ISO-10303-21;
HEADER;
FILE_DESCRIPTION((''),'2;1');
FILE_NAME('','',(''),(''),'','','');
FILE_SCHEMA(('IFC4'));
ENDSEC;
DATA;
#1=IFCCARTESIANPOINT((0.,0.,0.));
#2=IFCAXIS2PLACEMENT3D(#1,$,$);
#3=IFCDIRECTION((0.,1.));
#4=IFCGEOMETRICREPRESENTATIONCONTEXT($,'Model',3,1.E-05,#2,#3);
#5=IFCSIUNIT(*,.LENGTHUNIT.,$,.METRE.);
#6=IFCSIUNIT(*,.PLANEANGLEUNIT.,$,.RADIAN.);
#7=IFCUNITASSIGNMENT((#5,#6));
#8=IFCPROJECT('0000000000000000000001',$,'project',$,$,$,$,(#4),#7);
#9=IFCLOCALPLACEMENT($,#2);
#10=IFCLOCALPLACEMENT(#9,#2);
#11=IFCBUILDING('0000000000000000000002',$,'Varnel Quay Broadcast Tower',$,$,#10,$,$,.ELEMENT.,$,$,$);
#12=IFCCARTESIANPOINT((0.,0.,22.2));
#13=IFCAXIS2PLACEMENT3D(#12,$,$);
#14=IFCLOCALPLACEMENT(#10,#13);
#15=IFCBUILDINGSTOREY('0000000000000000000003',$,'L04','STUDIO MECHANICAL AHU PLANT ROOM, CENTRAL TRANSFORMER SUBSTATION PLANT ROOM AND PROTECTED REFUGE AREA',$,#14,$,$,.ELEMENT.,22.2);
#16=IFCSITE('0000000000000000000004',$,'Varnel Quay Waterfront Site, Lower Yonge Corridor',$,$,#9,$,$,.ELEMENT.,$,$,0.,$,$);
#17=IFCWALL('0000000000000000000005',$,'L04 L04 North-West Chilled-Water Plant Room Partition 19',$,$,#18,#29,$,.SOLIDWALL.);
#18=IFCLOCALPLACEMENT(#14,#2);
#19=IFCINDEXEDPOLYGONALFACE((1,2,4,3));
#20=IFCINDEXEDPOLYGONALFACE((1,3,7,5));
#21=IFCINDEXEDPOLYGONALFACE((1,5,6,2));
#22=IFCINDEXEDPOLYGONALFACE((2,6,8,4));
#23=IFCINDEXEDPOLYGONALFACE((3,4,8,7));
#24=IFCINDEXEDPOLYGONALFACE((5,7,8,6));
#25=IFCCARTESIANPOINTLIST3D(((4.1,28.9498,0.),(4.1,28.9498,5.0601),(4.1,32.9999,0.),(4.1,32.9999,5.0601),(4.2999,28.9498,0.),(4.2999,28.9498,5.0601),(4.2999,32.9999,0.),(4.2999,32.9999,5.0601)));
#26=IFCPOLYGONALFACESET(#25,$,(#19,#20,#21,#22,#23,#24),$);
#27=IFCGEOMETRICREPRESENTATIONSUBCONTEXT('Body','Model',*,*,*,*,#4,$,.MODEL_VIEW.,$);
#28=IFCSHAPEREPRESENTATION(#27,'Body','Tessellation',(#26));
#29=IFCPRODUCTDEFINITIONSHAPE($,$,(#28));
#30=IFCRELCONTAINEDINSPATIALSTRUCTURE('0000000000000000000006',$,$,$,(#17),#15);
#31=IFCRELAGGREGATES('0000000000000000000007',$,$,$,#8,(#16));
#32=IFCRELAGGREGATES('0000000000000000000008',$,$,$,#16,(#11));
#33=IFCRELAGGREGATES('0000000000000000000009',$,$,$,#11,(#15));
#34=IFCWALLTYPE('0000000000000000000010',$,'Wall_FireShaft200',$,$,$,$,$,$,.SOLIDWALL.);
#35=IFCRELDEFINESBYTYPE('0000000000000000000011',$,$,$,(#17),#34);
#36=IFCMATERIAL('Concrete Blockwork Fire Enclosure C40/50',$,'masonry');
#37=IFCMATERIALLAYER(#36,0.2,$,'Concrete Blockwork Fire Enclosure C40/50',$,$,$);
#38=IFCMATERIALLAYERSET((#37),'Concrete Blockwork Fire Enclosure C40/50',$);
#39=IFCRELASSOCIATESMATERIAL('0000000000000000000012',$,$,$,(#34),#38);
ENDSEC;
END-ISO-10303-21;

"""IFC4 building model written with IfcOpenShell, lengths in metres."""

from ifc_helpers import new_model, si_unit, direction, frame, frame_2d, origin, place, context, subcontext, project, spatial, rectangle, extrude, material, layer, layer_set, type_object, element, save


model = new_model("IFC4")

# Units and contexts
model_context = context("Model", 3, precision=1e-05, world=origin(), true_north=direction((0.0, 1.0)))
body_context = subcontext(model_context, "Body", "Model", "MODEL_VIEW")
ifc_project = project(units=[si_unit("LENGTHUNIT", "METRE"), si_unit("PLANEANGLEUNIT", "RADIAN")], contexts=[model_context])

# Site, building, storey
site_placement = place(None, origin())
site = spatial("IfcSite", under=ifc_project, at=site_placement, Name="Varnel Quay Waterfront Site, Lower Yonge Corridor", CompositionType="ELEMENT", RefElevation=0.0)
building_placement = place(site_placement, origin())
building = spatial("IfcBuilding", under=site, at=building_placement, Name="Varnel Quay Broadcast Tower", CompositionType="ELEMENT")
storey_placement = place(building_placement, frame((0.0, 0.0, 22.2)))
storey = spatial("IfcBuildingStorey", under=building, at=storey_placement, Name="L04", Description="STUDIO MECHANICAL AHU PLANT ROOM, CENTRAL TRANSFORMER SUBSTATION PLANT ROOM AND PROTECTED REFUGE AREA", CompositionType="ELEMENT", Elevation=22.2)

# Shared definitions
ifc_material_1 = material(Name="Concrete Blockwork Fire Enclosure C40/50", Category="masonry")
ifc_layer_1 = layer(ifc_material_1, 0.2, Name="Concrete Blockwork Fire Enclosure C40/50")
ifc_layer_set_1 = layer_set([ifc_layer_1], Name="Concrete Blockwork Fire Enclosure C40/50")
wall_type_1 = type_object("IfcWallType", Name="Wall_FireShaft200", PredefinedType="SOLIDWALL", material=ifc_layer_set_1)

# Wall
wall_1_placement = place(storey_placement, frame((4.2, 28.95, 0.0), z_axis=(0.0, 0.0, 1.0), x_axis=(0.0, 1.0, 0.0)))
element("IfcWall", 1, at=wall_1_placement, inside=storey, type_object=wall_type_1, Name="L04 L04 North-West Chilled-Water Plant Room Partition 19", PredefinedType="SOLIDWALL", context=body_context, shape_type="SweptSolid", body=[
    extrude(rectangle(XDim=4.05, YDim=0.2, at=frame_2d((2.0249, 0.0))), origin(), (0.0, 0.0, 1.0), 5.0601),
])

save(model, "model.ifc")
